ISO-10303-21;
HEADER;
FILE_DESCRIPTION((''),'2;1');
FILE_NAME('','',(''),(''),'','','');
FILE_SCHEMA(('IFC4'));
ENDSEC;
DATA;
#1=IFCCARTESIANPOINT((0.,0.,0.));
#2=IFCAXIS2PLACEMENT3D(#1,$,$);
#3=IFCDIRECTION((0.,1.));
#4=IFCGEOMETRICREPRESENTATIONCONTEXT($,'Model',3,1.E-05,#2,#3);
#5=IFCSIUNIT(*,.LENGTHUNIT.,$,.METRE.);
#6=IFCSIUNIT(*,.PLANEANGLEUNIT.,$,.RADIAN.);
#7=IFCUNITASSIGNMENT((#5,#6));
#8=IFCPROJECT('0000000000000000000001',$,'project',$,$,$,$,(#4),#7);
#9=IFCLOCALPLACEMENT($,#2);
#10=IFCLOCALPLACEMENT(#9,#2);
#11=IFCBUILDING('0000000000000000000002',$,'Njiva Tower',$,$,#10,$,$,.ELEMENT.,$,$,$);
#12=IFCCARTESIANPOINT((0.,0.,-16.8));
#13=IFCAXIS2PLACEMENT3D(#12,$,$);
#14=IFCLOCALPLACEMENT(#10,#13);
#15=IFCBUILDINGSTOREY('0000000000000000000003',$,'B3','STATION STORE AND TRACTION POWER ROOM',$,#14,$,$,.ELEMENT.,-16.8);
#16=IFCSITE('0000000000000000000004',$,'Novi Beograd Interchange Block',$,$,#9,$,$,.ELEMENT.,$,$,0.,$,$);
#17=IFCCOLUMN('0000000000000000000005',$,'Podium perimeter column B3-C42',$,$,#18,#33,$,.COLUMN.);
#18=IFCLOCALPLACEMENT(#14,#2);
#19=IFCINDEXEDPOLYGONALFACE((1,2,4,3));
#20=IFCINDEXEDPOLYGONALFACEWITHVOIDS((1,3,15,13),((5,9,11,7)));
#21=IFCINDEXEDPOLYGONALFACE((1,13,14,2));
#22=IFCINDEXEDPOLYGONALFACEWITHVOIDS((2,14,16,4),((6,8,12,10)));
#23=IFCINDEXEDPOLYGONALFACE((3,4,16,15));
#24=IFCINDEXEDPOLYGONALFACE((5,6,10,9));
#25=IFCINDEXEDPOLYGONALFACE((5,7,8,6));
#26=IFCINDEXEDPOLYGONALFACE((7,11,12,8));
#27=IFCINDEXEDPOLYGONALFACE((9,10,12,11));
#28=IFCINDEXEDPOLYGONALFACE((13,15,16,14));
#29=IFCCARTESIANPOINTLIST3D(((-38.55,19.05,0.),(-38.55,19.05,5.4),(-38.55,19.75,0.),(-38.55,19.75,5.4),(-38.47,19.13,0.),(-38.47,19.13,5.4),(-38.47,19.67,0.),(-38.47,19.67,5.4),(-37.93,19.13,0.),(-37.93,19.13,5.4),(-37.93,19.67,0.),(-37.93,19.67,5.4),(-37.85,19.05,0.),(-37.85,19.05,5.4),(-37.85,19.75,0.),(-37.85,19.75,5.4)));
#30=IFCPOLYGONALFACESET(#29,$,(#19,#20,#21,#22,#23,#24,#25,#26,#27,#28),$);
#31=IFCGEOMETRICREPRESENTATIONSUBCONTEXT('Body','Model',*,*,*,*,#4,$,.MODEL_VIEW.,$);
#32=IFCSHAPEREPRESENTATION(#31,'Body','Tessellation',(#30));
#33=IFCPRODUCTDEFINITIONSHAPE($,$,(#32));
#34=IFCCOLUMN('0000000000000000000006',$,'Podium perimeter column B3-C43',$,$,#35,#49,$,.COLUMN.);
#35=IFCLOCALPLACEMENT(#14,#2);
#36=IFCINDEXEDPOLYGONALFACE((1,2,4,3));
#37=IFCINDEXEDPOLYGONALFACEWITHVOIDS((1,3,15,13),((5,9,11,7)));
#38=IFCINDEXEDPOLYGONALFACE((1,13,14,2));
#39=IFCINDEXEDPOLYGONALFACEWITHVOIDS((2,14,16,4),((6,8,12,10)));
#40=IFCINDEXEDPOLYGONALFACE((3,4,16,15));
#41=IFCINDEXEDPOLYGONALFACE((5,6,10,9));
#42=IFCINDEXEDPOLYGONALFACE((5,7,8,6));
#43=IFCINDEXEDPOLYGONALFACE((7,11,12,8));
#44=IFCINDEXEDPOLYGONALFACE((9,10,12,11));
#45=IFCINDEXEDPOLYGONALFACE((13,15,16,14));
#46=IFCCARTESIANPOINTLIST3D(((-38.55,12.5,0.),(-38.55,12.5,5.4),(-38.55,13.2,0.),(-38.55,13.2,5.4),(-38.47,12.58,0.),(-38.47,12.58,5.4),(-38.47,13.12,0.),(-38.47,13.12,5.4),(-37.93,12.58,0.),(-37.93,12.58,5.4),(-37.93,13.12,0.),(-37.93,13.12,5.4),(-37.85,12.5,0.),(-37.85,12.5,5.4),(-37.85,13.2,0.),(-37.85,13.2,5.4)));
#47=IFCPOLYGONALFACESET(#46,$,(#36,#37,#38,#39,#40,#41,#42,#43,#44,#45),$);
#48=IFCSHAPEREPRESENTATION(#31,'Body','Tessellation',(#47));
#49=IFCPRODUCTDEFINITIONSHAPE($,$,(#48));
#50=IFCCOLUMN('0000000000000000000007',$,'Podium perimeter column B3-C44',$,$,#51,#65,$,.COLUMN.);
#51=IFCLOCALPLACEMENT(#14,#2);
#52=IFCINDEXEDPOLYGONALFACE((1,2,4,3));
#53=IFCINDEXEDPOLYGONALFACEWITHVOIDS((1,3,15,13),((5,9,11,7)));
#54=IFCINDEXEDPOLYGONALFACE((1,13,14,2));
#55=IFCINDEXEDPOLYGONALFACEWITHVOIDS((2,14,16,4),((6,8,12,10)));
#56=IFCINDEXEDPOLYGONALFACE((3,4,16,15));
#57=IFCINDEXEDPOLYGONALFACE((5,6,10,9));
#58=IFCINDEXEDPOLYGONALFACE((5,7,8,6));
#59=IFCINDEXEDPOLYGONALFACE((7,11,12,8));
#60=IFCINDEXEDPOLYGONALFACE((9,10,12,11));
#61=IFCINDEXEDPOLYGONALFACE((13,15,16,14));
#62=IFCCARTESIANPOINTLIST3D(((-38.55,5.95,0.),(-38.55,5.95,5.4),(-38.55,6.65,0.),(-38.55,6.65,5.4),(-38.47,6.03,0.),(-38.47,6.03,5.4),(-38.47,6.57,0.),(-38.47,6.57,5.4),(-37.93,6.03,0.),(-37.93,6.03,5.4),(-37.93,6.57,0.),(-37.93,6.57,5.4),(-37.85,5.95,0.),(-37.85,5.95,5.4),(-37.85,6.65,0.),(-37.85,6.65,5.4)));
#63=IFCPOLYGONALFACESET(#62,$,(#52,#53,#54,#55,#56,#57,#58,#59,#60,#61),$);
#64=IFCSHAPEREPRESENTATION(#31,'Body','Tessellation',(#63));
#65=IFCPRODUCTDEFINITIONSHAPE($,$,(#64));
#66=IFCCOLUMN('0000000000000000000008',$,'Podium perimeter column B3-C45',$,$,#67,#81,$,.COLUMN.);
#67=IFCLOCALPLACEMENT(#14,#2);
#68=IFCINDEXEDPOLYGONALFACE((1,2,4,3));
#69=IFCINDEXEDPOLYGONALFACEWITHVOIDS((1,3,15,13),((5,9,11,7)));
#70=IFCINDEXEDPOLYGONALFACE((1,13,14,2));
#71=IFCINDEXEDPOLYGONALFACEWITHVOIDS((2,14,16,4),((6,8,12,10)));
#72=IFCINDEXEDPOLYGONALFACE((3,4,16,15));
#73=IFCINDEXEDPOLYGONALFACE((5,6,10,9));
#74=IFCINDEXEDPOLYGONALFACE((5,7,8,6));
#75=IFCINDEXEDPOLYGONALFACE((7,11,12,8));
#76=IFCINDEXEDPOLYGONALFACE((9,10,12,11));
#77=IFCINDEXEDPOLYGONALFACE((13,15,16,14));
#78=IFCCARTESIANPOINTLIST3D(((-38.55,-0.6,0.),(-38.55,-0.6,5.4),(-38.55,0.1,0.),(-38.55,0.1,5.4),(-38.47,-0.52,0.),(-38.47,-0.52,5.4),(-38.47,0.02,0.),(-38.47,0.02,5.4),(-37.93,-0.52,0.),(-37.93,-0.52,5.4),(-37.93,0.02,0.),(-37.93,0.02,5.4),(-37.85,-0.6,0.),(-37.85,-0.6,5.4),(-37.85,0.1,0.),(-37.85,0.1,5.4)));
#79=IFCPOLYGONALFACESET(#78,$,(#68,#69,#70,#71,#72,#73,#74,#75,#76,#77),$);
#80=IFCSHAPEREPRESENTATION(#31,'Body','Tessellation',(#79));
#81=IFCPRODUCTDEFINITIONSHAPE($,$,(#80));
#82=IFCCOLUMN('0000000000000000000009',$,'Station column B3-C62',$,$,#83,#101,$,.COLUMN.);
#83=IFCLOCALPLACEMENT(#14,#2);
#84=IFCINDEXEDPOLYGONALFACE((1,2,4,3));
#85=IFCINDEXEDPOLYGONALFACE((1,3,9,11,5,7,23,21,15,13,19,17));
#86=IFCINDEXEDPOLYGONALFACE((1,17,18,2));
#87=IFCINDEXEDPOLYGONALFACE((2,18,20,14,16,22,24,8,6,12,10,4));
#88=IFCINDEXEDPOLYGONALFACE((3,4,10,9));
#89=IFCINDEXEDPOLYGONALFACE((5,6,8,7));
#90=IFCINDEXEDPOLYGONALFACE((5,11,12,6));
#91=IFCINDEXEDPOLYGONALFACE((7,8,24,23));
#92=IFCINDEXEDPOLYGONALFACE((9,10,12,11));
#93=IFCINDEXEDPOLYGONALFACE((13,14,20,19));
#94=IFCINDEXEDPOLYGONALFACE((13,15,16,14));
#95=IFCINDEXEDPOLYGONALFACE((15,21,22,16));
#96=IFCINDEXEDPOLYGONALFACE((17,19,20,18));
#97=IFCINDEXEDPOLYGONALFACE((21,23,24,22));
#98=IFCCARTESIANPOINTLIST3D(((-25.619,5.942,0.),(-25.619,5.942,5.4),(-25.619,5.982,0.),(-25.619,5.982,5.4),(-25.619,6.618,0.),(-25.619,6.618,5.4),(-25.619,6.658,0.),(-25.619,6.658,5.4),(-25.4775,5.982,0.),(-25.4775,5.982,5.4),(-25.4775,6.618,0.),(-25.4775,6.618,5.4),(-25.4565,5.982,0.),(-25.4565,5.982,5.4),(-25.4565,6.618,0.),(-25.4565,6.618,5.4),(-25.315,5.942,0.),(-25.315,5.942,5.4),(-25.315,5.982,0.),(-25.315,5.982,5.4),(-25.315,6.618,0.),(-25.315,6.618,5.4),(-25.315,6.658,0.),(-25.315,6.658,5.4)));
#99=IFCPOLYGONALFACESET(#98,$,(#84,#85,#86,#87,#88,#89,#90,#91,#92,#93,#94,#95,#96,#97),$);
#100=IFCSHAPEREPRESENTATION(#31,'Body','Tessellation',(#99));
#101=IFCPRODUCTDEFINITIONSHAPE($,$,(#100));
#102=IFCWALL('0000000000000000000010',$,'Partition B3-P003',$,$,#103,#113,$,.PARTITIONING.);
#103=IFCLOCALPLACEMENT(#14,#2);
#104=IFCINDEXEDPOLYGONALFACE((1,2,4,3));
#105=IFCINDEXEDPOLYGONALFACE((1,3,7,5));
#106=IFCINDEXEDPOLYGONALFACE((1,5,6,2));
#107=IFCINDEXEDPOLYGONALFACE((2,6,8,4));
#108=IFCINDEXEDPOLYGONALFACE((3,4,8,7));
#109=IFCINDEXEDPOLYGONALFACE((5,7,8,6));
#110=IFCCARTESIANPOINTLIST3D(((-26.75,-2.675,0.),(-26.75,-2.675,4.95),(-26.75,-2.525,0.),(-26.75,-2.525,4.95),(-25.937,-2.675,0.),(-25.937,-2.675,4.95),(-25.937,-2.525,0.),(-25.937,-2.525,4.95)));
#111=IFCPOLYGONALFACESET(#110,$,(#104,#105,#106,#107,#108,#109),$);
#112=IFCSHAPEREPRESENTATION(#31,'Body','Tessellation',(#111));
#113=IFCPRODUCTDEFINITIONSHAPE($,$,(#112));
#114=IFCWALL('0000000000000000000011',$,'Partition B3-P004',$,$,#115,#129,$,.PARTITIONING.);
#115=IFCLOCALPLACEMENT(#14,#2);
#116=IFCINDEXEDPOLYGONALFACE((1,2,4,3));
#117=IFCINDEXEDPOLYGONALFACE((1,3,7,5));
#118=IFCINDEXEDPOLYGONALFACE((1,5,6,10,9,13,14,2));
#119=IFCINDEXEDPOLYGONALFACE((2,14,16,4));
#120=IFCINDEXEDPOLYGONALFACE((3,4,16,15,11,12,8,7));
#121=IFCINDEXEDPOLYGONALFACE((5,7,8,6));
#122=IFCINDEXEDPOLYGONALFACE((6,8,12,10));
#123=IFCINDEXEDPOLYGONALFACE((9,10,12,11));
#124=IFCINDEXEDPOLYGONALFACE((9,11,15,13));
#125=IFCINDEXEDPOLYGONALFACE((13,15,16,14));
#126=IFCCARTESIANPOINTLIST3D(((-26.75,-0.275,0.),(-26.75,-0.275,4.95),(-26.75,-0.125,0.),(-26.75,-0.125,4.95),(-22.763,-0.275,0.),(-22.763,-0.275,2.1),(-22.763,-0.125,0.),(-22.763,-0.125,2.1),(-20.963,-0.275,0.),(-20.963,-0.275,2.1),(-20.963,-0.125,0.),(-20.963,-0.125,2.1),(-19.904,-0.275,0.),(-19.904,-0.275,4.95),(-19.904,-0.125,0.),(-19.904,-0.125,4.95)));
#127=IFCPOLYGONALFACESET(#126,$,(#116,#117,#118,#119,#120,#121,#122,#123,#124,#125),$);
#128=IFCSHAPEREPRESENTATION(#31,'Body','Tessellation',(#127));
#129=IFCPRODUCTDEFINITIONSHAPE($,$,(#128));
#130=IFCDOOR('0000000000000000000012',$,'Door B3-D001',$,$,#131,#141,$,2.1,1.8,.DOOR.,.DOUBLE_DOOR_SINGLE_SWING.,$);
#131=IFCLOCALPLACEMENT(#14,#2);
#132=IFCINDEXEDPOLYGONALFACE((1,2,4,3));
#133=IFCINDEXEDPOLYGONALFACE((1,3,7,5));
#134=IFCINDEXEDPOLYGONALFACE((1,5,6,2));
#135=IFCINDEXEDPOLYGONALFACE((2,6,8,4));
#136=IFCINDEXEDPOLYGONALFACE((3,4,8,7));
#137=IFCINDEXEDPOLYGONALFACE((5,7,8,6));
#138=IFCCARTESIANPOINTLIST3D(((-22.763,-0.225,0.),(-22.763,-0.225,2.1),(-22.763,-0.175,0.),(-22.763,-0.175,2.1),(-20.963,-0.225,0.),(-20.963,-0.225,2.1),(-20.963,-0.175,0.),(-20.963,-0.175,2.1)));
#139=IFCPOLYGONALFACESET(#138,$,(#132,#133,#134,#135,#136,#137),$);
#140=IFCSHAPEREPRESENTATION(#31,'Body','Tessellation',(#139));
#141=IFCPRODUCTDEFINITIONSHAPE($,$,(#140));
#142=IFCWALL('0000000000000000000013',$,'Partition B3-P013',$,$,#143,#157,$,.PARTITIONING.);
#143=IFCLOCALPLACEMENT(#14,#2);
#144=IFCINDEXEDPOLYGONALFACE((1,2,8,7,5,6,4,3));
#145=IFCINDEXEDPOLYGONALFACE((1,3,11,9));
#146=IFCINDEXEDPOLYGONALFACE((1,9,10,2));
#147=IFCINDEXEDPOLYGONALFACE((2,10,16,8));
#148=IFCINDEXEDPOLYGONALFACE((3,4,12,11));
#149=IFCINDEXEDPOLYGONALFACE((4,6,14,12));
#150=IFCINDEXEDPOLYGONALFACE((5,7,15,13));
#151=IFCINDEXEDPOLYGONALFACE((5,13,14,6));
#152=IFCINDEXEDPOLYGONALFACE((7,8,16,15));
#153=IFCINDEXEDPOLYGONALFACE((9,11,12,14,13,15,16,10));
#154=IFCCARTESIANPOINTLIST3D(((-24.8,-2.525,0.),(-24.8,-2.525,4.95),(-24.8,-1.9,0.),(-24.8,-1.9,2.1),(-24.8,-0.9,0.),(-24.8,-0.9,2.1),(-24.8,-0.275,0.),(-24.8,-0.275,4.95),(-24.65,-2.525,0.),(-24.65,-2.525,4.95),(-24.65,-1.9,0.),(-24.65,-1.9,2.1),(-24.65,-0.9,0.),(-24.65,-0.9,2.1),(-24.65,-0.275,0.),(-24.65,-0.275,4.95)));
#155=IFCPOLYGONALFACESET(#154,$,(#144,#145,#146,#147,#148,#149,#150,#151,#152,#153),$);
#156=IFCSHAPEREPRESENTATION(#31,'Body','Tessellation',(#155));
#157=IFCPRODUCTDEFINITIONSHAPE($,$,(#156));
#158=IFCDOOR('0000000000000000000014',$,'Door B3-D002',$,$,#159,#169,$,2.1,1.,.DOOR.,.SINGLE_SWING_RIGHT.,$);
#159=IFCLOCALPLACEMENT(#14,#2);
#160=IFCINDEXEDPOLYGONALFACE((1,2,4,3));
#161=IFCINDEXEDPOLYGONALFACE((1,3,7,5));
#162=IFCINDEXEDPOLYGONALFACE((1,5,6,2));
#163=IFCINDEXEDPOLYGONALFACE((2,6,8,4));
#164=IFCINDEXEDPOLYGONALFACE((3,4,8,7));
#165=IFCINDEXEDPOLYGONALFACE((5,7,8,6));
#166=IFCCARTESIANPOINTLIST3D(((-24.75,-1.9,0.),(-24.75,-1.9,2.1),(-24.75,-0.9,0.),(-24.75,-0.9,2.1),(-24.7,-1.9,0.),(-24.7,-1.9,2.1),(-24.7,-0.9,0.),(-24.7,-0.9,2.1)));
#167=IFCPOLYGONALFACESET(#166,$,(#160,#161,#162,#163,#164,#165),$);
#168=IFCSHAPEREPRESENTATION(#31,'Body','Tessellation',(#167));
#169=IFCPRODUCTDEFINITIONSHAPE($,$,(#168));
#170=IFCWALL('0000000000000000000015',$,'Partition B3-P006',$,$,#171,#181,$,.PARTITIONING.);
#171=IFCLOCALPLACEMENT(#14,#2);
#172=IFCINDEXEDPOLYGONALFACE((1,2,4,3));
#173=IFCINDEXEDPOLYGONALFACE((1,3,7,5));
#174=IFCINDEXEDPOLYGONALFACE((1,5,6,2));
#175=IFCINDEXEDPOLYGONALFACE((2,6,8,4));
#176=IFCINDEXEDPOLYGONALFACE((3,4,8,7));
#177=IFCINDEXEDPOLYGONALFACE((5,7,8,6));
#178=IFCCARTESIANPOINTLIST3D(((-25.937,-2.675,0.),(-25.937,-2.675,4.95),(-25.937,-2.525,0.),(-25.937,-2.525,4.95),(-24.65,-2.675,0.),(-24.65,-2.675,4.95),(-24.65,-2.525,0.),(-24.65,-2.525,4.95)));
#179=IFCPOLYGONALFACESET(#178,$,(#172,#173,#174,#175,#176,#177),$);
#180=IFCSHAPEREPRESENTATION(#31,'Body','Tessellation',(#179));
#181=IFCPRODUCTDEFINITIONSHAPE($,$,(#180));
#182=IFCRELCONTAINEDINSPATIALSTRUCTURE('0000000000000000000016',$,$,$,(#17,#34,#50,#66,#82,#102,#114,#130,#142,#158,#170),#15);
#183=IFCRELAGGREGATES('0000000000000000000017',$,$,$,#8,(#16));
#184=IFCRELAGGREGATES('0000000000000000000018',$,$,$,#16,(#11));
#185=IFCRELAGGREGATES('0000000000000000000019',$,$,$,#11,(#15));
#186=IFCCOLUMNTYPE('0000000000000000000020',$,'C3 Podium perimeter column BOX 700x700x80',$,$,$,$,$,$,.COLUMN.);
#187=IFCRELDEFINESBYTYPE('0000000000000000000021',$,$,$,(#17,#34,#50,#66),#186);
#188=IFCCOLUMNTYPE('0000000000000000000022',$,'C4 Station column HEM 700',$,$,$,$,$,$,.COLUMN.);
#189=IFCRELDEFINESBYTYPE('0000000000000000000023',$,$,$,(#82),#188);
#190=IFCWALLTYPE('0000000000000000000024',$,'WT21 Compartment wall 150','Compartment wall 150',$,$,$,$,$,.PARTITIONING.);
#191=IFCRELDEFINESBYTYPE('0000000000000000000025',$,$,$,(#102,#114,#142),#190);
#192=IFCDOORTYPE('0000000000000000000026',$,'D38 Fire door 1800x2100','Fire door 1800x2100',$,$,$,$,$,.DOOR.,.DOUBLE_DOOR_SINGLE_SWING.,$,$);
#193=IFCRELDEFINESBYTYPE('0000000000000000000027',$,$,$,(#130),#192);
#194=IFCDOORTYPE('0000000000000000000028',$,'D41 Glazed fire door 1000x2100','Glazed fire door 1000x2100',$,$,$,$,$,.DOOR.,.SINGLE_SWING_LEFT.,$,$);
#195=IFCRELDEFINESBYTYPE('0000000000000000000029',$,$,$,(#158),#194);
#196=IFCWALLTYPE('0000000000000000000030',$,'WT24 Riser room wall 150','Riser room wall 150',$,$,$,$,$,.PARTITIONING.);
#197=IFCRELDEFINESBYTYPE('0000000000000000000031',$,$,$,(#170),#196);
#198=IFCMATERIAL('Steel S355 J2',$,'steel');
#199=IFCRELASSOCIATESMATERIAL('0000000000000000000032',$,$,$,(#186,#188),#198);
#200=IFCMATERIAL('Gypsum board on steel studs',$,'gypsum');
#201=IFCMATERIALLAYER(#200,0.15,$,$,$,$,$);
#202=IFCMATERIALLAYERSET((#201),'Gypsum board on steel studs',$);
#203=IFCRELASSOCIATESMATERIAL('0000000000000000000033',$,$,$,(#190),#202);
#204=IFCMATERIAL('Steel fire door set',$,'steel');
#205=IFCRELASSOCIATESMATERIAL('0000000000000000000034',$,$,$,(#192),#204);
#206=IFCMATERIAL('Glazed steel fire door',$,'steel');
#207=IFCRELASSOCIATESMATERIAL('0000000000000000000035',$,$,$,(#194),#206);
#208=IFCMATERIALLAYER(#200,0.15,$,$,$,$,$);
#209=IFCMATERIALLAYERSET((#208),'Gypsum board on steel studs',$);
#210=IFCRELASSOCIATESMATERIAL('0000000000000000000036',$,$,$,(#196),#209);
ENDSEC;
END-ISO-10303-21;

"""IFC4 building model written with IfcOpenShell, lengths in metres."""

from ifc_helpers import new_model, si_unit, direction, frame, frame_2d, origin, origin_2d, place, context, subcontext, project, spatial, rectangle, hollow_rectangle, i_section, extrude, material, layer, layer_set, material_profile, profile_set, type_object, element, fill, save


model = new_model("IFC4")

# Units and contexts
model_context = context("Model", 3, precision=1e-05, world=origin(), true_north=direction((0.0, 1.0)))
body_context = subcontext(model_context, "Body", "Model", "MODEL_VIEW")
ifc_project = project(units=[si_unit("LENGTHUNIT", "METRE"), si_unit("PLANEANGLEUNIT", "RADIAN")], contexts=[model_context])

# Site, building, storey
site_placement = place(None, origin())
site = spatial("IfcSite", under=ifc_project, at=site_placement, Name="Novi Beograd Interchange Block", CompositionType="ELEMENT", RefElevation=0.0)
building_placement = place(site_placement, origin())
building = spatial("IfcBuilding", under=site, at=building_placement, Name="Njiva Tower", CompositionType="ELEMENT")
storey_placement = place(building_placement, frame((0.0, 0.0, -16.8)))
storey = spatial("IfcBuildingStorey", under=building, at=storey_placement, Name="B3", Description="STATION STORE AND TRACTION POWER ROOM", CompositionType="ELEMENT", Elevation=-16.8)

# Columns
ifc_material_1 = material(Name="Steel S355 J2", Category="steel")
ifc_material_profile_1 = material_profile(ifc_material_1, hollow_rectangle(XDim=0.7, YDim=0.7, WallThickness=0.08, at=origin_2d()), Name="BOX 700x700x80")
ifc_profile_set_1 = profile_set([ifc_material_profile_1], Name="Steel S355 J2")
column_type_1 = type_object("IfcColumnType", Name="C3 Podium perimeter column BOX 700x700x80", PredefinedType="COLUMN", material=ifc_profile_set_1)
for number, where, z_axis, x_axis, name in (
    (1, (-38.2, 19.4, 0.0), (0.0, 0.0, 1.0), (0.0, -1.0, 0.0), "Podium perimeter column B3-C42"),
    (2, (-38.2, 12.85, 0.0), (0.0, 0.0, 1.0), (0.0, -1.0, 0.0), "Podium perimeter column B3-C43"),
    (3, (-38.2, 6.3, 0.0), (0.0, 0.0, 1.0), (0.0, -1.0, 0.0), "Podium perimeter column B3-C44"),
    (4, (-38.2, -0.25, 0.0), (0.0, 0.0, 1.0), (0.0, -1.0, 0.0), "Podium perimeter column B3-C45"),
):
    element("IfcColumn", number, at=place(storey_placement, frame(where, z_axis=z_axis, x_axis=x_axis)), inside=storey, type_object=column_type_1, Name=name, PredefinedType="COLUMN", context=body_context, shape_type="SweptSolid", body=[
        extrude(hollow_rectangle(XDim=0.7, YDim=0.7, WallThickness=0.08, at=origin_2d()), origin(), (0.0, 0.0, 1.0), 5.4),
    ])
ifc_material_profile_2 = material_profile(ifc_material_1, i_section(OverallWidth=0.304, OverallDepth=0.716, WebThickness=0.021, FlangeThickness=0.04, at=origin_2d()), Name="HEM 700")
ifc_profile_set_2 = profile_set([ifc_material_profile_2], Name="Steel S355 J2")
column_type_2 = type_object("IfcColumnType", Name="C4 Station column HEM 700", PredefinedType="COLUMN", material=ifc_profile_set_2)
column_1_placement = place(storey_placement, frame((-25.467, 6.3, 0.0), z_axis=(0.0, 0.0, 1.0), x_axis=(1.0, 0.0, 0.0)))
element("IfcColumn", 5, at=column_1_placement, inside=storey, type_object=column_type_2, Name="Station column B3-C62", PredefinedType="COLUMN", context=body_context, shape_type="SweptSolid", body=[
    extrude(i_section(OverallWidth=0.304, OverallDepth=0.716, WebThickness=0.021, FlangeThickness=0.04, at=origin_2d()), origin(), (0.0, 0.0, 1.0), 5.4),
])

# Wall
ifc_material_2 = material(Name="Gypsum board on steel studs", Category="gypsum")
ifc_layer_1 = layer(ifc_material_2, 0.15)
ifc_layer_set_1 = layer_set([ifc_layer_1], Name="Gypsum board on steel studs")
wall_type_1 = type_object("IfcWallType", Name="WT21 Compartment wall 150", Description="Compartment wall 150", PredefinedType="PARTITIONING", material=ifc_layer_set_1)
wall_1_placement = place(storey_placement, frame((-26.75, -2.6, 0.0), z_axis=(0.0, 0.0, 1.0), x_axis=(1.0, 0.0, 0.0)))
element("IfcWall", 6, at=wall_1_placement, inside=storey, type_object=wall_type_1, Name="Partition B3-P003", PredefinedType="PARTITIONING", context=body_context, shape_type="SweptSolid", body=[
    extrude(rectangle(XDim=0.813, YDim=0.15, at=frame_2d((0.4065, 0.0))), origin(), (0.0, 0.0, 1.0), 4.95),
])

# Walls, openings, doors
wall_2_placement = place(storey_placement, frame((-26.75, -0.2, 0.0), z_axis=(0.0, 0.0, 1.0), x_axis=(1.0, 0.0, 0.0)))
wall_2 = element("IfcWall", 7, at=wall_2_placement, inside=storey, type_object=wall_type_1, Name="Partition B3-P004", PredefinedType="PARTITIONING", context=body_context, shape_type="SweptSolid", body=[
    extrude(rectangle(XDim=6.846, YDim=0.15, at=frame_2d((3.423, 0.0))), origin(), (0.0, 0.0, 1.0), 4.95),
])
opening_1_placement = place(wall_2_placement, frame((3.987, 0.0, 0.0)))
opening_1 = element("IfcOpeningElement", 8, at=opening_1_placement, cuts=wall_2, PredefinedType="OPENING", context=body_context, shape_type="SweptSolid", body=[
    extrude(rectangle(XDim=1.8, YDim=2.1, at=frame_2d((0.9, 1.05))), frame((0.0, 0.085, 0.0), z_axis=(0.0, -1.0, 0.0), x_axis=(1.0, 0.0, 0.0)), (0.0, 0.0, 1.0), 0.17),
])
ifc_material_3 = material(Name="Steel fire door set", Category="steel")
door_type_1 = type_object("IfcDoorType", Name="D38 Fire door 1800x2100", Description="Fire door 1800x2100", OperationType="DOUBLE_DOOR_SINGLE_SWING", PredefinedType="DOOR", material=ifc_material_3)
door_1_placement = place(opening_1_placement, origin())
door_1 = element("IfcDoor", 9, at=door_1_placement, inside=storey, type_object=door_type_1, Name="Door B3-D001", OperationType="DOUBLE_DOOR_SINGLE_SWING", OverallHeight=2.1, OverallWidth=1.8, PredefinedType="DOOR", context=body_context, shape_type="SweptSolid", body=[
    extrude(rectangle(XDim=1.8, YDim=2.1, at=frame_2d((0.9, 1.05))), frame((0.0, 0.025, 0.0), z_axis=(0.0, -1.0, 0.0), x_axis=(1.0, 0.0, 0.0)), (0.0, 0.0, 1.0), 0.05),
])
fill(opening_1, door_1)
wall_3_placement = place(storey_placement, frame((-24.725, -2.525, 0.0), z_axis=(0.0, 0.0, 1.0), x_axis=(0.0, 1.0, 0.0)))
wall_3 = element("IfcWall", 10, at=wall_3_placement, inside=storey, type_object=wall_type_1, Name="Partition B3-P013", PredefinedType="PARTITIONING", context=body_context, shape_type="SweptSolid", body=[
    extrude(rectangle(XDim=2.25, YDim=0.15, at=frame_2d((1.125, 0.0))), origin(), (0.0, 0.0, 1.0), 4.95),
])
opening_2_placement = place(wall_3_placement, frame((0.625, 0.0, 0.0)))
opening_2 = element("IfcOpeningElement", 11, at=opening_2_placement, cuts=wall_3, PredefinedType="OPENING", context=body_context, shape_type="SweptSolid", body=[
    extrude(rectangle(XDim=1.0, YDim=2.1, at=frame_2d((0.5, 1.05))), frame((0.0, 0.085, 0.0), z_axis=(0.0, -1.0, 0.0), x_axis=(1.0, 0.0, 0.0)), (0.0, 0.0, 1.0), 0.17),
])
ifc_material_4 = material(Name="Glazed steel fire door", Category="steel")
door_type_2 = type_object("IfcDoorType", Name="D41 Glazed fire door 1000x2100", Description="Glazed fire door 1000x2100", OperationType="SINGLE_SWING_LEFT", PredefinedType="DOOR", material=ifc_material_4)
door_2_placement = place(opening_2_placement, origin())
door_2 = element("IfcDoor", 12, at=door_2_placement, inside=storey, type_object=door_type_2, Name="Door B3-D002", OperationType="SINGLE_SWING_RIGHT", OverallHeight=2.1, OverallWidth=1.0, PredefinedType="DOOR", context=body_context, shape_type="SweptSolid", body=[
    extrude(rectangle(XDim=1.0, YDim=2.1, at=frame_2d((0.5, 1.05))), frame((0.0, 0.025, 0.0), z_axis=(0.0, -1.0, 0.0), x_axis=(1.0, 0.0, 0.0)), (0.0, 0.0, 1.0), 0.05),
])
fill(opening_2, door_2)

# Wall
ifc_layer_2 = layer(ifc_material_2, 0.15)
ifc_layer_set_2 = layer_set([ifc_layer_2], Name="Gypsum board on steel studs")
wall_type_2 = type_object("IfcWallType", Name="WT24 Riser room wall 150", Description="Riser room wall 150", PredefinedType="PARTITIONING", material=ifc_layer_set_2)
wall_4_placement = place(storey_placement, frame((-25.937, -2.6, 0.0), z_axis=(0.0, 0.0, 1.0), x_axis=(1.0, 0.0, 0.0)))
element("IfcWall", 13, at=wall_4_placement, inside=storey, type_object=wall_type_2, Name="Partition B3-P006", PredefinedType="PARTITIONING", context=body_context, shape_type="SweptSolid", body=[
    extrude(rectangle(XDim=1.287, YDim=0.15, at=frame_2d((0.6435, 0.0))), origin(), (0.0, 0.0, 1.0), 4.95),
])

save(model, "model.ifc")
